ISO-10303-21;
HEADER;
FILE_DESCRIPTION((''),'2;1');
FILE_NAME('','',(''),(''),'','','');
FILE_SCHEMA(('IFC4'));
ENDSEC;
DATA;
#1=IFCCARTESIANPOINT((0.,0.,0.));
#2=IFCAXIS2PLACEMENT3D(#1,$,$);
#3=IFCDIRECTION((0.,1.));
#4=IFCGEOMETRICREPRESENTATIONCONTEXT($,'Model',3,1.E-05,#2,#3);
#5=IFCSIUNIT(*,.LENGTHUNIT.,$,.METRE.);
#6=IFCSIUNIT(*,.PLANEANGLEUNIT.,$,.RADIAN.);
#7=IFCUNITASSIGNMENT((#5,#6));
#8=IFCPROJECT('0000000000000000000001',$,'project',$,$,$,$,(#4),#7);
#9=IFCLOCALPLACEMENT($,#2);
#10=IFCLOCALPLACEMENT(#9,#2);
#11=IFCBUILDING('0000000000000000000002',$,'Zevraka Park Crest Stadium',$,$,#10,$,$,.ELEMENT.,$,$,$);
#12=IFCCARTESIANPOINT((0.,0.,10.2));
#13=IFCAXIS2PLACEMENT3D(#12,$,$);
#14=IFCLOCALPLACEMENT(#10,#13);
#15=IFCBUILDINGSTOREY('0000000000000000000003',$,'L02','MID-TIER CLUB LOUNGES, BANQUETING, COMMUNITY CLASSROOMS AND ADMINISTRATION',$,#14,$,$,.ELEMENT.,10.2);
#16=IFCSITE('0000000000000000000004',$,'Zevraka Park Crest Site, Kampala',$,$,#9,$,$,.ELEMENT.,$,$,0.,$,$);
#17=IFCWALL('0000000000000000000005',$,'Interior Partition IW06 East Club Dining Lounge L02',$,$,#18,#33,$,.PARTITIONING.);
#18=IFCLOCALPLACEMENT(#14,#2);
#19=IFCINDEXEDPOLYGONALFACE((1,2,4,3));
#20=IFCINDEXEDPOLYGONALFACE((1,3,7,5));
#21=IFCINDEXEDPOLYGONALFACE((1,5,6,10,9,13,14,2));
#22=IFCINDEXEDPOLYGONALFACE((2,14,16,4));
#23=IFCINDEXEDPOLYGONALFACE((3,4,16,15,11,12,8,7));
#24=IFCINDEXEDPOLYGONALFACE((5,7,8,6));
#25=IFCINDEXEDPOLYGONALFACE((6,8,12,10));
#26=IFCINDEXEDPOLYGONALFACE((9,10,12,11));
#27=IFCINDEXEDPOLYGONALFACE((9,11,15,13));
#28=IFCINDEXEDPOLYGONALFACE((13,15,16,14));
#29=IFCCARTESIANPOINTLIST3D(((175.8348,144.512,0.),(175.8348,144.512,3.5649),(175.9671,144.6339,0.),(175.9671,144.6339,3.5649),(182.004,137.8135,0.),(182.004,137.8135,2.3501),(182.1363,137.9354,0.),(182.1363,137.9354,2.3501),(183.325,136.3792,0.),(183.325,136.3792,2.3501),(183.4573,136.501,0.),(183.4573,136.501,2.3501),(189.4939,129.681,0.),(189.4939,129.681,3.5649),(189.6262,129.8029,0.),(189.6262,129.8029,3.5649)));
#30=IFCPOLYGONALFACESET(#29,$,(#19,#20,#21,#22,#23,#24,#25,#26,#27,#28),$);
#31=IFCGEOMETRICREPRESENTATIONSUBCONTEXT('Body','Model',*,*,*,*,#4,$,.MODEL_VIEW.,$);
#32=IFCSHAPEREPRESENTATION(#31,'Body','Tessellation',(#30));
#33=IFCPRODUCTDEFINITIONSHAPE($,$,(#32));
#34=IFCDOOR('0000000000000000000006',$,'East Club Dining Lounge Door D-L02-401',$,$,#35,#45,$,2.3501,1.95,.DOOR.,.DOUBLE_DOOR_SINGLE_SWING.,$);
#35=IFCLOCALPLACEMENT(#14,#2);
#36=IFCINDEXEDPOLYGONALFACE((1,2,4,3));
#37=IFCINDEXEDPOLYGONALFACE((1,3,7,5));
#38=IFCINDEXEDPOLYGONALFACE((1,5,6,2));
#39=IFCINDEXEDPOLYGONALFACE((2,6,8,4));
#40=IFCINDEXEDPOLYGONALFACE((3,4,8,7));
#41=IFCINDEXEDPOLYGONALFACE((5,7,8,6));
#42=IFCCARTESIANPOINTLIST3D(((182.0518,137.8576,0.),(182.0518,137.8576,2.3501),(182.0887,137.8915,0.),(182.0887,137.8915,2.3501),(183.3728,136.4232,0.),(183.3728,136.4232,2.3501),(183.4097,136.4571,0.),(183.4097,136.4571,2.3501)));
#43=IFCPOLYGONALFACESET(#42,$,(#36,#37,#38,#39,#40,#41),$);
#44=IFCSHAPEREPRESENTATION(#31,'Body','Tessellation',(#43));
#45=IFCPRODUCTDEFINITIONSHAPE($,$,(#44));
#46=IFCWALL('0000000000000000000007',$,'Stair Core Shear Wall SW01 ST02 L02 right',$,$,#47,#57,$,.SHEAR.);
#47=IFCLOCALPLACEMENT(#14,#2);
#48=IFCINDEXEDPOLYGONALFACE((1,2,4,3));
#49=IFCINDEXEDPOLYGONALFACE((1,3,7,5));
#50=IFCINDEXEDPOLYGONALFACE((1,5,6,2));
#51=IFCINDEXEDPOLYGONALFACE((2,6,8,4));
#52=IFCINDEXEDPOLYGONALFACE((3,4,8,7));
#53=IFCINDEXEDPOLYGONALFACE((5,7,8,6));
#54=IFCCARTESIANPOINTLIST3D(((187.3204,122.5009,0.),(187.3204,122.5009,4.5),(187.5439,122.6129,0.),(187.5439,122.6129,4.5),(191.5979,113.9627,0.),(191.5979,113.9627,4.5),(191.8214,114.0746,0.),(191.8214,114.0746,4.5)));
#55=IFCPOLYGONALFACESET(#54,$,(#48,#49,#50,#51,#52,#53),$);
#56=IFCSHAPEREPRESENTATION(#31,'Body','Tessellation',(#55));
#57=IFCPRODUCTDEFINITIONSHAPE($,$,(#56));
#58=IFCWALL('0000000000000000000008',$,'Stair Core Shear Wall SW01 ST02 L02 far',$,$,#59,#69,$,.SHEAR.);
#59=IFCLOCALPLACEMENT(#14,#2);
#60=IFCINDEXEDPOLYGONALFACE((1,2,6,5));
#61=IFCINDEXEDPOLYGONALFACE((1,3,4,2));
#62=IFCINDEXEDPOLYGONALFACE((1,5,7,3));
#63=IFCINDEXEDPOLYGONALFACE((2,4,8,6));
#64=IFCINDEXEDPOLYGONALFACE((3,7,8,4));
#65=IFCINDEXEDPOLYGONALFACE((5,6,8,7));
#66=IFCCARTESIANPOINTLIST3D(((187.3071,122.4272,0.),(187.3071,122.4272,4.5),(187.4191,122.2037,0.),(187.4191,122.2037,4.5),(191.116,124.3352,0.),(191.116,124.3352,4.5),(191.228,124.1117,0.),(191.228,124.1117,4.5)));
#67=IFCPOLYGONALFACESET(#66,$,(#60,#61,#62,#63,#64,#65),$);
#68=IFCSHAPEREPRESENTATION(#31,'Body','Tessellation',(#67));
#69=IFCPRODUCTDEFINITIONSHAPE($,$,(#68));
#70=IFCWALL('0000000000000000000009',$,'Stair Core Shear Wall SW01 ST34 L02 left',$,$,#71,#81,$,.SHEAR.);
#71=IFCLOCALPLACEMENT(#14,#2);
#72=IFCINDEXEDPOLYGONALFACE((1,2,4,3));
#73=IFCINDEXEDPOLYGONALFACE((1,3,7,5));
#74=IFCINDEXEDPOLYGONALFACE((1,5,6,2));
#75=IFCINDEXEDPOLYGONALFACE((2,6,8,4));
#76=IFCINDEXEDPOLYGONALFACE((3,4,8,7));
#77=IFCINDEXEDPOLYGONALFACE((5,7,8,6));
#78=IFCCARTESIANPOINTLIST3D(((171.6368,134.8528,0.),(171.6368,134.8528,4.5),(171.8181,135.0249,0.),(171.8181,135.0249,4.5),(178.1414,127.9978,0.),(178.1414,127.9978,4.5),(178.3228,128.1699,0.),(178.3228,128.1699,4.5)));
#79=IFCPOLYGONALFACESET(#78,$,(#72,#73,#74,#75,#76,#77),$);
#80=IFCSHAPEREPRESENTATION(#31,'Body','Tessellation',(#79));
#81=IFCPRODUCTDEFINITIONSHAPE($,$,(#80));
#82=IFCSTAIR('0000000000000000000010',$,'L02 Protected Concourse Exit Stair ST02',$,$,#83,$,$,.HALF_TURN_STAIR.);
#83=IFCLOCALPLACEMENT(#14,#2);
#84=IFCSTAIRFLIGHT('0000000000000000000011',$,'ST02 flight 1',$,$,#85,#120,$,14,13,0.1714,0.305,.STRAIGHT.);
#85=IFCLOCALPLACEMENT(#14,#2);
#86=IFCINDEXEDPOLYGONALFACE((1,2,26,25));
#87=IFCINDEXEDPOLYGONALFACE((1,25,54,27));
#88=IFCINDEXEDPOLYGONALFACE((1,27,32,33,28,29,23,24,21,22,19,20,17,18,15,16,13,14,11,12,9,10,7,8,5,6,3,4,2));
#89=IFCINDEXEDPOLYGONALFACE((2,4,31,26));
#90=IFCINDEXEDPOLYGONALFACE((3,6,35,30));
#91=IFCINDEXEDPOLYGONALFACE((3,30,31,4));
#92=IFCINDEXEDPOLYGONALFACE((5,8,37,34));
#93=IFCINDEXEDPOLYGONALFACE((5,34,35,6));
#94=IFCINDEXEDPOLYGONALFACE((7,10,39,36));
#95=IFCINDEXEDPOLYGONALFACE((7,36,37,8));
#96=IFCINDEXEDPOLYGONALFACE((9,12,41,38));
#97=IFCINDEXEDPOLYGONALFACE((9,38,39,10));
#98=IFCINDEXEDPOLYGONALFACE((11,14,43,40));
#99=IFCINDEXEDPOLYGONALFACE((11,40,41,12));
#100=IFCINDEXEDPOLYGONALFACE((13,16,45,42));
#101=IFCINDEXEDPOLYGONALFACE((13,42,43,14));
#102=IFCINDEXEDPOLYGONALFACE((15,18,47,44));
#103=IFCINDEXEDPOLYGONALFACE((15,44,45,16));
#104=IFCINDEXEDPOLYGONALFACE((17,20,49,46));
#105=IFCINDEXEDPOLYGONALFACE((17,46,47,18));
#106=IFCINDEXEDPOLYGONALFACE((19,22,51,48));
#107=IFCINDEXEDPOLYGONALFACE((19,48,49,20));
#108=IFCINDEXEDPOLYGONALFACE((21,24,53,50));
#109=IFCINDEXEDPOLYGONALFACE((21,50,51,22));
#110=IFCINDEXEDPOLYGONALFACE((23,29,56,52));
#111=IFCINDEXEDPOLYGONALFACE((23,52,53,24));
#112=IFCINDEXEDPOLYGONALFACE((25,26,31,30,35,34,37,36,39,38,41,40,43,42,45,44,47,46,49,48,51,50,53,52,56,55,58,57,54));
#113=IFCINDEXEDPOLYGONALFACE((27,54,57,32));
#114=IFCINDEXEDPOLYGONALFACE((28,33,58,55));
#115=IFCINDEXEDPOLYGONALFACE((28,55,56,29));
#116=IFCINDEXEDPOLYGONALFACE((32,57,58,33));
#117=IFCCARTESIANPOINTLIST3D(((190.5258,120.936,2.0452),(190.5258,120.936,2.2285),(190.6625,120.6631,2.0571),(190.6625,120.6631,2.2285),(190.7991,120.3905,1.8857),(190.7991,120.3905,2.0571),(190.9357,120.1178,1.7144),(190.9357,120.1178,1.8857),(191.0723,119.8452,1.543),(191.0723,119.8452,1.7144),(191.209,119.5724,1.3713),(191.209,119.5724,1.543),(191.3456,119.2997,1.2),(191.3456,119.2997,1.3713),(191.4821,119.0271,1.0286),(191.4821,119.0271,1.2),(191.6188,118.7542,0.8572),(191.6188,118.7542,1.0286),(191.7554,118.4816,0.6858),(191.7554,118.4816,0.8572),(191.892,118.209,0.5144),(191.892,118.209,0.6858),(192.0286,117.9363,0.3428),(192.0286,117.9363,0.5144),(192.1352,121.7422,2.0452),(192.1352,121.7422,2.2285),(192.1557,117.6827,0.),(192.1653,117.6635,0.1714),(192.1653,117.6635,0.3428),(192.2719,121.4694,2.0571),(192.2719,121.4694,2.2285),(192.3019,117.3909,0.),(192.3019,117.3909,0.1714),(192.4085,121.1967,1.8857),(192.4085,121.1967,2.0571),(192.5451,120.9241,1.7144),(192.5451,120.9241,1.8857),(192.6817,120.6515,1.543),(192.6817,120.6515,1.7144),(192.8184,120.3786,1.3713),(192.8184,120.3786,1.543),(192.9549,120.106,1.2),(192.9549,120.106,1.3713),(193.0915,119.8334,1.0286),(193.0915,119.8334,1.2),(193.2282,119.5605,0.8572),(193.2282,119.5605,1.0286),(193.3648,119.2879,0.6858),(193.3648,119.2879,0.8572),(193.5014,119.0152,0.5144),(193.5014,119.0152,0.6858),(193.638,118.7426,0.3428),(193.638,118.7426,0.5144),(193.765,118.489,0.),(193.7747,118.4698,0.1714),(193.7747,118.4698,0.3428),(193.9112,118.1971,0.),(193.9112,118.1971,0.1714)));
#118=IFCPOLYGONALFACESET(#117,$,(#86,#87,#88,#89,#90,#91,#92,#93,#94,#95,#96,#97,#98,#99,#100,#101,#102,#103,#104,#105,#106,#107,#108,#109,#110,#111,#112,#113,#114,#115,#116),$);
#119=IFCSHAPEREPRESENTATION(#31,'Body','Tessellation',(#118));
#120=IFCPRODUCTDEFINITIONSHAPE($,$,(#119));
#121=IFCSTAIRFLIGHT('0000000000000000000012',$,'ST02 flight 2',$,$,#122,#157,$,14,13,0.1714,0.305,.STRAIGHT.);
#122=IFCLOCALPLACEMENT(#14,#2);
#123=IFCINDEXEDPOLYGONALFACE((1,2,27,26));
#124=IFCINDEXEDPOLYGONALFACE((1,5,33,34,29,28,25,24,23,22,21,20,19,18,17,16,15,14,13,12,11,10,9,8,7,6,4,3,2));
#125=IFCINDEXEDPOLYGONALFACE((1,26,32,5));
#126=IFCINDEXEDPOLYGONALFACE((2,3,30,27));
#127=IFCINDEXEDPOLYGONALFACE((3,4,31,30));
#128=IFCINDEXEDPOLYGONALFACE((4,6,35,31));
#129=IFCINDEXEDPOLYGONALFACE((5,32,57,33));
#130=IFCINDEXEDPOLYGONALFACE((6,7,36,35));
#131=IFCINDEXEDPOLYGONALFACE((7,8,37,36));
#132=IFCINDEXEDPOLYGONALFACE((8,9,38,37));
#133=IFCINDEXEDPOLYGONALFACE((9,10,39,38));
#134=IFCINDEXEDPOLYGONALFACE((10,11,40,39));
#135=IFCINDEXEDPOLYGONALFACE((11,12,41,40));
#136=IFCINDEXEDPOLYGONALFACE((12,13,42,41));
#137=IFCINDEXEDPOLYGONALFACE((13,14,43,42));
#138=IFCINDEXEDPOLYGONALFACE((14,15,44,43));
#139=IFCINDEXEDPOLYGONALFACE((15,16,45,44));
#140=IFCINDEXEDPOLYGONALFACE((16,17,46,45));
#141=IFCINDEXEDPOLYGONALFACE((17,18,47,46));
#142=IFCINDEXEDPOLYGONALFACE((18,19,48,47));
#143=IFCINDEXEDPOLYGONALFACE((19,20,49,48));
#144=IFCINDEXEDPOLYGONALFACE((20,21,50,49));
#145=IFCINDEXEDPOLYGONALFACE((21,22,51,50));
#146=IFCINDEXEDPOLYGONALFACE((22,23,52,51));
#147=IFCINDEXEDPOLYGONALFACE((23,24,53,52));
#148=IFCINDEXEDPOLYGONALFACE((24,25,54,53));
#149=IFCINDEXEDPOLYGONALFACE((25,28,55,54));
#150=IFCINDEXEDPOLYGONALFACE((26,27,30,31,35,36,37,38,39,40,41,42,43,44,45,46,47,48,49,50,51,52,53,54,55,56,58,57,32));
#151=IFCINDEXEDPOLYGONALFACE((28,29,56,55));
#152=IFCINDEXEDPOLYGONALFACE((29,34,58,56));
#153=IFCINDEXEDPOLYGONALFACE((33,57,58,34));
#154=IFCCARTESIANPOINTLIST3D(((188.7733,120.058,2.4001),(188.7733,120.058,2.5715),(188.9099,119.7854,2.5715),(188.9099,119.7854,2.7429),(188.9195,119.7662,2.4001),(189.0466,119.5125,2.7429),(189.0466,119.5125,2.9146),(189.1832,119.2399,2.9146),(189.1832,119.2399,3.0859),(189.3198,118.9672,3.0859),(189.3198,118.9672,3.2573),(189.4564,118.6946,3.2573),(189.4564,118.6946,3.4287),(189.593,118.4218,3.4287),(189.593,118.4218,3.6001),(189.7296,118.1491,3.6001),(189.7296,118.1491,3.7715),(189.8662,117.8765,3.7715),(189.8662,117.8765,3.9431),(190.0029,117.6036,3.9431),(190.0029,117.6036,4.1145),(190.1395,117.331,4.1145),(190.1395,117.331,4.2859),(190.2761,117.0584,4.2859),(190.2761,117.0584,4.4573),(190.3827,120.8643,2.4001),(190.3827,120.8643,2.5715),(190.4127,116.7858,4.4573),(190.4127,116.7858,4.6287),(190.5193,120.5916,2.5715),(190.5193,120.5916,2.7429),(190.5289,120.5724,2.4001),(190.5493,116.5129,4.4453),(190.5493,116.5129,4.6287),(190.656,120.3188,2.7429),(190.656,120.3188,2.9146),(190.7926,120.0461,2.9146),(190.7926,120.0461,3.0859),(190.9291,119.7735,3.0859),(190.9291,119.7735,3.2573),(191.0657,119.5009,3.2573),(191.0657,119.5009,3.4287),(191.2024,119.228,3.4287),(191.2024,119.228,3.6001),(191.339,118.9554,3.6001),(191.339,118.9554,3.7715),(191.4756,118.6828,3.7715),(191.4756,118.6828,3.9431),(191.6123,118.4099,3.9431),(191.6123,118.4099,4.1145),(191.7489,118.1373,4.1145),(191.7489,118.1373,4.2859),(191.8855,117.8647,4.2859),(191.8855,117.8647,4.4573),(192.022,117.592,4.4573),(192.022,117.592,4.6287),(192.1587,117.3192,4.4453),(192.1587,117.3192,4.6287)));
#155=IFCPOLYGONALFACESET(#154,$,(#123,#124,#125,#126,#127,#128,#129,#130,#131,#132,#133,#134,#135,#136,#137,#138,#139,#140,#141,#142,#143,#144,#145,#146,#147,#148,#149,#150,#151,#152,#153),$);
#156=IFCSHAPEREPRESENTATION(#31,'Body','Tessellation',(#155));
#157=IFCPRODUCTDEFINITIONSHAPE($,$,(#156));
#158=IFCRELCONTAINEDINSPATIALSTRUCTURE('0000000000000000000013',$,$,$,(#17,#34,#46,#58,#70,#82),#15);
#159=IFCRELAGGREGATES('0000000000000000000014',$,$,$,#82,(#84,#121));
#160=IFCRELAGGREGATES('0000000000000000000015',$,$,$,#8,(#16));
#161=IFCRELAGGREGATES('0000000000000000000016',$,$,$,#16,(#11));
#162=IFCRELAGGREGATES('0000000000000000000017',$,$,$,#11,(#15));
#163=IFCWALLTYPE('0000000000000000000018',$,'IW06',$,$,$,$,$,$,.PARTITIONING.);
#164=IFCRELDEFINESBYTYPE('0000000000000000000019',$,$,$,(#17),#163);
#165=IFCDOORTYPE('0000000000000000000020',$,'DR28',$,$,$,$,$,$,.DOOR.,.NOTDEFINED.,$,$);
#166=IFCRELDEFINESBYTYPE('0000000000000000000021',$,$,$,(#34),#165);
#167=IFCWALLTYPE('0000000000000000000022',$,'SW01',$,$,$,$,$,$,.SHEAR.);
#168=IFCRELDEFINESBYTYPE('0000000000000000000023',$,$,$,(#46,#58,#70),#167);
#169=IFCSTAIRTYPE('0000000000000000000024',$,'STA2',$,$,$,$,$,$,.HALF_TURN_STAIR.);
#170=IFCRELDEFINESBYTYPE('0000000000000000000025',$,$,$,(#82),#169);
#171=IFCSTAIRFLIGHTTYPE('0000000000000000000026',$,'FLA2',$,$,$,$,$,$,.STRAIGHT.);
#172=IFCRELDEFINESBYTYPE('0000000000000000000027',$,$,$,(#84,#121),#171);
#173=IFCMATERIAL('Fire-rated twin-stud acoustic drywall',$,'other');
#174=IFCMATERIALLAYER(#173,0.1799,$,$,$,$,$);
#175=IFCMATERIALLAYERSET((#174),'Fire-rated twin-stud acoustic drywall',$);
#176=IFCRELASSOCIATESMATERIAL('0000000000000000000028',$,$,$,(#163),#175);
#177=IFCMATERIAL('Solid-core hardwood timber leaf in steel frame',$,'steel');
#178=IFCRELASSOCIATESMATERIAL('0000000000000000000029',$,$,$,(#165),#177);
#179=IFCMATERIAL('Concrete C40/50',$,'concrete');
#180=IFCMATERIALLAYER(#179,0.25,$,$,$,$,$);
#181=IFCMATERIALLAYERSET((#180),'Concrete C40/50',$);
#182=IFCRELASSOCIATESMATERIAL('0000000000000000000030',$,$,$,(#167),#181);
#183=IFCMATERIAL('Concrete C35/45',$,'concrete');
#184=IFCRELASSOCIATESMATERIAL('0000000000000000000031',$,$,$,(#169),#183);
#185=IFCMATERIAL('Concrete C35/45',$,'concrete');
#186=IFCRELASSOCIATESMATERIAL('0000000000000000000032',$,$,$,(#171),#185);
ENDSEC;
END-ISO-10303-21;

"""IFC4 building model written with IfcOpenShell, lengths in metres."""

from ifc_helpers import new_model, si_unit, direction, frame, frame_2d, origin, place, context, subcontext, project, spatial, polyline, rectangle, outline, extrude, material, layer, layer_set, type_object, element, fill, aggregate, save


model = new_model("IFC4")

# Units and contexts
model_context = context("Model", 3, precision=1e-05, world=origin(), true_north=direction((0.0, 1.0)))
body_context = subcontext(model_context, "Body", "Model", "MODEL_VIEW")
ifc_project = project(units=[si_unit("LENGTHUNIT", "METRE"), si_unit("PLANEANGLEUNIT", "RADIAN")], contexts=[model_context])

# Site, building, storey
site_placement = place(None, origin())
site = spatial("IfcSite", under=ifc_project, at=site_placement, Name="Zevraka Park Crest Site, Kampala", CompositionType="ELEMENT", RefElevation=0.0)
building_placement = place(site_placement, origin())
building = spatial("IfcBuilding", under=site, at=building_placement, Name="Zevraka Park Crest Stadium", CompositionType="ELEMENT")
storey_placement = place(building_placement, frame((0.0, 0.0, 10.2)))
storey = spatial("IfcBuildingStorey", under=building, at=storey_placement, Name="L02", Description="MID-TIER CLUB LOUNGES, BANQUETING, COMMUNITY CLASSROOMS AND ADMINISTRATION", CompositionType="ELEMENT", Elevation=10.2)

# Wall, opening, door
ifc_material_1 = material(Name="Fire-rated twin-stud acoustic drywall", Category="other")
ifc_layer_1 = layer(ifc_material_1, 0.1799)
ifc_layer_set_1 = layer_set([ifc_layer_1], Name="Fire-rated twin-stud acoustic drywall")
wall_type_1 = type_object("IfcWallType", Name="IW06", PredefinedType="PARTITIONING", material=ifc_layer_set_1)
wall_1_placement = place(storey_placement, frame((189.5601, 129.7419, 0.0), z_axis=(0.0, 0.0, 1.0), x_axis=(-0.677449, 0.73557, 0.0)))
wall_1 = element("IfcWall", 1, at=wall_1_placement, inside=storey, type_object=wall_type_1, Name="Interior Partition IW06 East Club Dining Lounge L02", PredefinedType="PARTITIONING", context=body_context, shape_type="SweptSolid", body=[
    extrude(rectangle(XDim=20.1626, YDim=0.1799, at=frame_2d((10.0813, 0.0))), origin(), (0.0, 0.0, 1.0), 3.5649),
])
opening_1_placement = place(wall_1_placement, frame((9.106, 0.0, 0.0)))
opening_1 = element("IfcOpeningElement", 2, at=opening_1_placement, cuts=wall_1, PredefinedType="OPENING", context=body_context, shape_type="SweptSolid", body=[
    extrude(rectangle(XDim=1.95, YDim=2.3501, at=frame_2d((0.9751, 1.175))), frame((0.0, 0.0999, 0.0), z_axis=(0.0, -1.0, 0.0), x_axis=(1.0, 0.0, 0.0)), (0.0, 0.0, 1.0), 0.2),
])
ifc_material_2 = material(Name="Solid-core hardwood timber leaf in steel frame", Category="steel")
door_type_1 = type_object("IfcDoorType", Name="DR28", OperationType="NOTDEFINED", PredefinedType="DOOR", material=ifc_material_2)
door_1_placement = place(opening_1_placement, origin())
door_1 = element("IfcDoor", 3, at=door_1_placement, inside=storey, type_object=door_type_1, Name="East Club Dining Lounge Door D-L02-401", OperationType="DOUBLE_DOOR_SINGLE_SWING", OverallHeight=2.3501, OverallWidth=1.95, PredefinedType="DOOR", context=body_context, shape_type="SweptSolid", body=[
    extrude(rectangle(XDim=1.95, YDim=2.3501, at=frame_2d((0.9751, 1.175))), frame((0.0, 0.0249, 0.0), z_axis=(0.0, -1.0, 0.0), x_axis=(1.0, 0.0, 0.0)), (0.0, 0.0, 1.0), 0.05),
])
fill(opening_1, door_1)

# Walls
ifc_material_3 = material(Name="Concrete C40/50", Category="concrete")
ifc_layer_2 = layer(ifc_material_3, 0.25)
ifc_layer_set_2 = layer_set([ifc_layer_2], Name="Concrete C40/50")
wall_type_2 = type_object("IfcWallType", Name="SW01", PredefinedType="SHEAR", material=ifc_layer_set_2)
wall_2_placement = place(storey_placement, frame((187.4321, 122.5569, 0.0), z_axis=(0.0, 0.0, 1.0), x_axis=(0.447919, -0.894074, 0.0)))
element("IfcWall", 4, at=wall_2_placement, inside=storey, type_object=wall_type_2, Name="Stair Core Shear Wall SW01 ST02 L02 right", PredefinedType="SHEAR", context=body_context, shape_type="SweptSolid", body=[
    extrude(rectangle(XDim=9.5498, YDim=0.25, at=frame_2d((4.7749, 0.0))), origin(), (0.0, 0.0, 1.0), 4.5),
])
wall_3_placement = place(storey_placement, frame((191.1719, 124.2234, 0.0), z_axis=(0.0, 0.0, 1.0), x_axis=(-0.894095, -0.447878, 0.0)))
element("IfcWall", 5, at=wall_3_placement, inside=storey, type_object=wall_type_2, Name="Stair Core Shear Wall SW01 ST02 L02 far", PredefinedType="SHEAR", context=body_context, shape_type="SweptSolid", body=[
    extrude(rectangle(XDim=4.26, YDim=0.25, at=frame_2d((2.1299, 0.0))), origin(), (0.0, 0.0, 1.0), 4.5),
])
wall_4_placement = place(storey_placement, frame((178.2322, 128.0837, 0.0), z_axis=(0.0, 0.0, 1.0), x_axis=(-0.688327, 0.725401, 0.0)))
element("IfcWall", 6, at=wall_4_placement, inside=storey, type_object=wall_type_2, Name="Stair Core Shear Wall SW01 ST34 L02 left", PredefinedType="SHEAR", context=body_context, shape_type="SweptSolid", body=[
    extrude(rectangle(XDim=9.45, YDim=0.25, at=frame_2d((4.7251, 0.0))), origin(), (0.0, 0.0, 1.0), 4.5),
])

# Stair, stair flights
ifc_material_4 = material(Name="Concrete C35/45", Category="concrete")
stair_type = type_object("IfcStairType", Name="STA2", PredefinedType="HALF_TURN_STAIR", material=ifc_material_4)
stair_placement = place(storey_placement, origin())
stair = element("IfcStair", 7, at=stair_placement, inside=storey, type_object=stair_type, Name="L02 Protected Concourse Exit Stair ST02", PredefinedType="HALF_TURN_STAIR")
ifc_material_5 = material(Name="Concrete C35/45", Category="concrete")
stair_flight_type = type_object("IfcStairFlightType", Name="FLA2", PredefinedType="STRAIGHT", material=ifc_material_5)
stair_flight_1_placement = place(storey_placement, frame((193.1064, 117.7939, 0.0), z_axis=(0.0, 0.0, 1.0), x_axis=(-0.447915, 0.894076, 0.0)))
stair_flight_1 = element("IfcStairFlight", 8, at=stair_flight_1_placement, type_object=stair_flight_type, Name="ST02 flight 1", NumberOfRisers=14, NumberOfTreads=13, PredefinedType="STRAIGHT", RiserHeight=0.1714, TreadLength=0.305, context=body_context, shape_type="SweptSolid", body=[
    extrude(outline(polyline([(0.0, 0.0), (0.0, 0.1714), (0.3049, 0.1714), (0.3049, 0.3428), (0.6101, 0.3428), (0.6101, 0.5144), (0.915, 0.5144), (0.915, 0.6858), (1.22, 0.6858), (1.22, 0.8572), (1.5249, 0.8572), (1.5249, 1.0286), (1.8301, 1.0286), (1.8301, 1.2), (2.135, 1.2), (2.135, 1.3713), (2.4399, 1.3713), (2.4399, 1.543), (2.7451, 1.543), (2.7451, 1.7144), (3.05, 1.7144), (3.05, 1.8857), (3.355, 1.8857), (3.355, 2.0571), (3.6599, 2.0571), (3.6599, 2.2285), (3.9651, 2.2285), (3.9651, 2.3999), (3.9651, 2.0452), (0.3264, 0.0), (0.0, 0.0)])), frame((0.0, 0.8999, 0.0), z_axis=(0.0, -1.0, 0.0), x_axis=(1.0, 0.0, 0.0)), (0.0, 0.0, 1.0), 1.8),
])
stair_flight_2_placement = place(storey_placement, frame((189.5781, 120.4612, 2.4001), z_axis=(0.0, 0.0, 1.0), x_axis=(0.447915, -0.894076, 0.0)))
stair_flight_2 = element("IfcStairFlight", 9, at=stair_flight_2_placement, type_object=stair_flight_type, Name="ST02 flight 2", NumberOfRisers=14, NumberOfTreads=13, PredefinedType="STRAIGHT", RiserHeight=0.1714, TreadLength=0.305, context=body_context, shape_type="SweptSolid", body=[
    extrude(outline(polyline([(0.0, 0.0), (0.0, 0.1714), (0.3049, 0.1714), (0.3049, 0.3428), (0.6101, 0.3428), (0.6101, 0.5144), (0.915, 0.5144), (0.915, 0.6858), (1.22, 0.6858), (1.22, 0.8572), (1.5249, 0.8572), (1.5249, 1.0286), (1.8301, 1.0286), (1.8301, 1.2), (2.135, 1.2), (2.135, 1.3713), (2.4399, 1.3713), (2.4399, 1.543), (2.7451, 1.543), (2.7451, 1.7144), (3.05, 1.7144), (3.05, 1.8857), (3.355, 1.8857), (3.355, 2.0571), (3.6599, 2.0571), (3.6599, 2.2285), (3.9651, 2.2285), (3.9651, 2.3999), (3.9651, 2.0452), (0.3264, 0.0), (0.0, 0.0)])), frame((0.0, 0.8999, 0.0), z_axis=(0.0, -1.0, 0.0), x_axis=(1.0, 0.0, 0.0)), (0.0, 0.0, 1.0), 1.8),
])
aggregate(stair, [stair_flight_1, stair_flight_2])

save(model, "model.ifc")
